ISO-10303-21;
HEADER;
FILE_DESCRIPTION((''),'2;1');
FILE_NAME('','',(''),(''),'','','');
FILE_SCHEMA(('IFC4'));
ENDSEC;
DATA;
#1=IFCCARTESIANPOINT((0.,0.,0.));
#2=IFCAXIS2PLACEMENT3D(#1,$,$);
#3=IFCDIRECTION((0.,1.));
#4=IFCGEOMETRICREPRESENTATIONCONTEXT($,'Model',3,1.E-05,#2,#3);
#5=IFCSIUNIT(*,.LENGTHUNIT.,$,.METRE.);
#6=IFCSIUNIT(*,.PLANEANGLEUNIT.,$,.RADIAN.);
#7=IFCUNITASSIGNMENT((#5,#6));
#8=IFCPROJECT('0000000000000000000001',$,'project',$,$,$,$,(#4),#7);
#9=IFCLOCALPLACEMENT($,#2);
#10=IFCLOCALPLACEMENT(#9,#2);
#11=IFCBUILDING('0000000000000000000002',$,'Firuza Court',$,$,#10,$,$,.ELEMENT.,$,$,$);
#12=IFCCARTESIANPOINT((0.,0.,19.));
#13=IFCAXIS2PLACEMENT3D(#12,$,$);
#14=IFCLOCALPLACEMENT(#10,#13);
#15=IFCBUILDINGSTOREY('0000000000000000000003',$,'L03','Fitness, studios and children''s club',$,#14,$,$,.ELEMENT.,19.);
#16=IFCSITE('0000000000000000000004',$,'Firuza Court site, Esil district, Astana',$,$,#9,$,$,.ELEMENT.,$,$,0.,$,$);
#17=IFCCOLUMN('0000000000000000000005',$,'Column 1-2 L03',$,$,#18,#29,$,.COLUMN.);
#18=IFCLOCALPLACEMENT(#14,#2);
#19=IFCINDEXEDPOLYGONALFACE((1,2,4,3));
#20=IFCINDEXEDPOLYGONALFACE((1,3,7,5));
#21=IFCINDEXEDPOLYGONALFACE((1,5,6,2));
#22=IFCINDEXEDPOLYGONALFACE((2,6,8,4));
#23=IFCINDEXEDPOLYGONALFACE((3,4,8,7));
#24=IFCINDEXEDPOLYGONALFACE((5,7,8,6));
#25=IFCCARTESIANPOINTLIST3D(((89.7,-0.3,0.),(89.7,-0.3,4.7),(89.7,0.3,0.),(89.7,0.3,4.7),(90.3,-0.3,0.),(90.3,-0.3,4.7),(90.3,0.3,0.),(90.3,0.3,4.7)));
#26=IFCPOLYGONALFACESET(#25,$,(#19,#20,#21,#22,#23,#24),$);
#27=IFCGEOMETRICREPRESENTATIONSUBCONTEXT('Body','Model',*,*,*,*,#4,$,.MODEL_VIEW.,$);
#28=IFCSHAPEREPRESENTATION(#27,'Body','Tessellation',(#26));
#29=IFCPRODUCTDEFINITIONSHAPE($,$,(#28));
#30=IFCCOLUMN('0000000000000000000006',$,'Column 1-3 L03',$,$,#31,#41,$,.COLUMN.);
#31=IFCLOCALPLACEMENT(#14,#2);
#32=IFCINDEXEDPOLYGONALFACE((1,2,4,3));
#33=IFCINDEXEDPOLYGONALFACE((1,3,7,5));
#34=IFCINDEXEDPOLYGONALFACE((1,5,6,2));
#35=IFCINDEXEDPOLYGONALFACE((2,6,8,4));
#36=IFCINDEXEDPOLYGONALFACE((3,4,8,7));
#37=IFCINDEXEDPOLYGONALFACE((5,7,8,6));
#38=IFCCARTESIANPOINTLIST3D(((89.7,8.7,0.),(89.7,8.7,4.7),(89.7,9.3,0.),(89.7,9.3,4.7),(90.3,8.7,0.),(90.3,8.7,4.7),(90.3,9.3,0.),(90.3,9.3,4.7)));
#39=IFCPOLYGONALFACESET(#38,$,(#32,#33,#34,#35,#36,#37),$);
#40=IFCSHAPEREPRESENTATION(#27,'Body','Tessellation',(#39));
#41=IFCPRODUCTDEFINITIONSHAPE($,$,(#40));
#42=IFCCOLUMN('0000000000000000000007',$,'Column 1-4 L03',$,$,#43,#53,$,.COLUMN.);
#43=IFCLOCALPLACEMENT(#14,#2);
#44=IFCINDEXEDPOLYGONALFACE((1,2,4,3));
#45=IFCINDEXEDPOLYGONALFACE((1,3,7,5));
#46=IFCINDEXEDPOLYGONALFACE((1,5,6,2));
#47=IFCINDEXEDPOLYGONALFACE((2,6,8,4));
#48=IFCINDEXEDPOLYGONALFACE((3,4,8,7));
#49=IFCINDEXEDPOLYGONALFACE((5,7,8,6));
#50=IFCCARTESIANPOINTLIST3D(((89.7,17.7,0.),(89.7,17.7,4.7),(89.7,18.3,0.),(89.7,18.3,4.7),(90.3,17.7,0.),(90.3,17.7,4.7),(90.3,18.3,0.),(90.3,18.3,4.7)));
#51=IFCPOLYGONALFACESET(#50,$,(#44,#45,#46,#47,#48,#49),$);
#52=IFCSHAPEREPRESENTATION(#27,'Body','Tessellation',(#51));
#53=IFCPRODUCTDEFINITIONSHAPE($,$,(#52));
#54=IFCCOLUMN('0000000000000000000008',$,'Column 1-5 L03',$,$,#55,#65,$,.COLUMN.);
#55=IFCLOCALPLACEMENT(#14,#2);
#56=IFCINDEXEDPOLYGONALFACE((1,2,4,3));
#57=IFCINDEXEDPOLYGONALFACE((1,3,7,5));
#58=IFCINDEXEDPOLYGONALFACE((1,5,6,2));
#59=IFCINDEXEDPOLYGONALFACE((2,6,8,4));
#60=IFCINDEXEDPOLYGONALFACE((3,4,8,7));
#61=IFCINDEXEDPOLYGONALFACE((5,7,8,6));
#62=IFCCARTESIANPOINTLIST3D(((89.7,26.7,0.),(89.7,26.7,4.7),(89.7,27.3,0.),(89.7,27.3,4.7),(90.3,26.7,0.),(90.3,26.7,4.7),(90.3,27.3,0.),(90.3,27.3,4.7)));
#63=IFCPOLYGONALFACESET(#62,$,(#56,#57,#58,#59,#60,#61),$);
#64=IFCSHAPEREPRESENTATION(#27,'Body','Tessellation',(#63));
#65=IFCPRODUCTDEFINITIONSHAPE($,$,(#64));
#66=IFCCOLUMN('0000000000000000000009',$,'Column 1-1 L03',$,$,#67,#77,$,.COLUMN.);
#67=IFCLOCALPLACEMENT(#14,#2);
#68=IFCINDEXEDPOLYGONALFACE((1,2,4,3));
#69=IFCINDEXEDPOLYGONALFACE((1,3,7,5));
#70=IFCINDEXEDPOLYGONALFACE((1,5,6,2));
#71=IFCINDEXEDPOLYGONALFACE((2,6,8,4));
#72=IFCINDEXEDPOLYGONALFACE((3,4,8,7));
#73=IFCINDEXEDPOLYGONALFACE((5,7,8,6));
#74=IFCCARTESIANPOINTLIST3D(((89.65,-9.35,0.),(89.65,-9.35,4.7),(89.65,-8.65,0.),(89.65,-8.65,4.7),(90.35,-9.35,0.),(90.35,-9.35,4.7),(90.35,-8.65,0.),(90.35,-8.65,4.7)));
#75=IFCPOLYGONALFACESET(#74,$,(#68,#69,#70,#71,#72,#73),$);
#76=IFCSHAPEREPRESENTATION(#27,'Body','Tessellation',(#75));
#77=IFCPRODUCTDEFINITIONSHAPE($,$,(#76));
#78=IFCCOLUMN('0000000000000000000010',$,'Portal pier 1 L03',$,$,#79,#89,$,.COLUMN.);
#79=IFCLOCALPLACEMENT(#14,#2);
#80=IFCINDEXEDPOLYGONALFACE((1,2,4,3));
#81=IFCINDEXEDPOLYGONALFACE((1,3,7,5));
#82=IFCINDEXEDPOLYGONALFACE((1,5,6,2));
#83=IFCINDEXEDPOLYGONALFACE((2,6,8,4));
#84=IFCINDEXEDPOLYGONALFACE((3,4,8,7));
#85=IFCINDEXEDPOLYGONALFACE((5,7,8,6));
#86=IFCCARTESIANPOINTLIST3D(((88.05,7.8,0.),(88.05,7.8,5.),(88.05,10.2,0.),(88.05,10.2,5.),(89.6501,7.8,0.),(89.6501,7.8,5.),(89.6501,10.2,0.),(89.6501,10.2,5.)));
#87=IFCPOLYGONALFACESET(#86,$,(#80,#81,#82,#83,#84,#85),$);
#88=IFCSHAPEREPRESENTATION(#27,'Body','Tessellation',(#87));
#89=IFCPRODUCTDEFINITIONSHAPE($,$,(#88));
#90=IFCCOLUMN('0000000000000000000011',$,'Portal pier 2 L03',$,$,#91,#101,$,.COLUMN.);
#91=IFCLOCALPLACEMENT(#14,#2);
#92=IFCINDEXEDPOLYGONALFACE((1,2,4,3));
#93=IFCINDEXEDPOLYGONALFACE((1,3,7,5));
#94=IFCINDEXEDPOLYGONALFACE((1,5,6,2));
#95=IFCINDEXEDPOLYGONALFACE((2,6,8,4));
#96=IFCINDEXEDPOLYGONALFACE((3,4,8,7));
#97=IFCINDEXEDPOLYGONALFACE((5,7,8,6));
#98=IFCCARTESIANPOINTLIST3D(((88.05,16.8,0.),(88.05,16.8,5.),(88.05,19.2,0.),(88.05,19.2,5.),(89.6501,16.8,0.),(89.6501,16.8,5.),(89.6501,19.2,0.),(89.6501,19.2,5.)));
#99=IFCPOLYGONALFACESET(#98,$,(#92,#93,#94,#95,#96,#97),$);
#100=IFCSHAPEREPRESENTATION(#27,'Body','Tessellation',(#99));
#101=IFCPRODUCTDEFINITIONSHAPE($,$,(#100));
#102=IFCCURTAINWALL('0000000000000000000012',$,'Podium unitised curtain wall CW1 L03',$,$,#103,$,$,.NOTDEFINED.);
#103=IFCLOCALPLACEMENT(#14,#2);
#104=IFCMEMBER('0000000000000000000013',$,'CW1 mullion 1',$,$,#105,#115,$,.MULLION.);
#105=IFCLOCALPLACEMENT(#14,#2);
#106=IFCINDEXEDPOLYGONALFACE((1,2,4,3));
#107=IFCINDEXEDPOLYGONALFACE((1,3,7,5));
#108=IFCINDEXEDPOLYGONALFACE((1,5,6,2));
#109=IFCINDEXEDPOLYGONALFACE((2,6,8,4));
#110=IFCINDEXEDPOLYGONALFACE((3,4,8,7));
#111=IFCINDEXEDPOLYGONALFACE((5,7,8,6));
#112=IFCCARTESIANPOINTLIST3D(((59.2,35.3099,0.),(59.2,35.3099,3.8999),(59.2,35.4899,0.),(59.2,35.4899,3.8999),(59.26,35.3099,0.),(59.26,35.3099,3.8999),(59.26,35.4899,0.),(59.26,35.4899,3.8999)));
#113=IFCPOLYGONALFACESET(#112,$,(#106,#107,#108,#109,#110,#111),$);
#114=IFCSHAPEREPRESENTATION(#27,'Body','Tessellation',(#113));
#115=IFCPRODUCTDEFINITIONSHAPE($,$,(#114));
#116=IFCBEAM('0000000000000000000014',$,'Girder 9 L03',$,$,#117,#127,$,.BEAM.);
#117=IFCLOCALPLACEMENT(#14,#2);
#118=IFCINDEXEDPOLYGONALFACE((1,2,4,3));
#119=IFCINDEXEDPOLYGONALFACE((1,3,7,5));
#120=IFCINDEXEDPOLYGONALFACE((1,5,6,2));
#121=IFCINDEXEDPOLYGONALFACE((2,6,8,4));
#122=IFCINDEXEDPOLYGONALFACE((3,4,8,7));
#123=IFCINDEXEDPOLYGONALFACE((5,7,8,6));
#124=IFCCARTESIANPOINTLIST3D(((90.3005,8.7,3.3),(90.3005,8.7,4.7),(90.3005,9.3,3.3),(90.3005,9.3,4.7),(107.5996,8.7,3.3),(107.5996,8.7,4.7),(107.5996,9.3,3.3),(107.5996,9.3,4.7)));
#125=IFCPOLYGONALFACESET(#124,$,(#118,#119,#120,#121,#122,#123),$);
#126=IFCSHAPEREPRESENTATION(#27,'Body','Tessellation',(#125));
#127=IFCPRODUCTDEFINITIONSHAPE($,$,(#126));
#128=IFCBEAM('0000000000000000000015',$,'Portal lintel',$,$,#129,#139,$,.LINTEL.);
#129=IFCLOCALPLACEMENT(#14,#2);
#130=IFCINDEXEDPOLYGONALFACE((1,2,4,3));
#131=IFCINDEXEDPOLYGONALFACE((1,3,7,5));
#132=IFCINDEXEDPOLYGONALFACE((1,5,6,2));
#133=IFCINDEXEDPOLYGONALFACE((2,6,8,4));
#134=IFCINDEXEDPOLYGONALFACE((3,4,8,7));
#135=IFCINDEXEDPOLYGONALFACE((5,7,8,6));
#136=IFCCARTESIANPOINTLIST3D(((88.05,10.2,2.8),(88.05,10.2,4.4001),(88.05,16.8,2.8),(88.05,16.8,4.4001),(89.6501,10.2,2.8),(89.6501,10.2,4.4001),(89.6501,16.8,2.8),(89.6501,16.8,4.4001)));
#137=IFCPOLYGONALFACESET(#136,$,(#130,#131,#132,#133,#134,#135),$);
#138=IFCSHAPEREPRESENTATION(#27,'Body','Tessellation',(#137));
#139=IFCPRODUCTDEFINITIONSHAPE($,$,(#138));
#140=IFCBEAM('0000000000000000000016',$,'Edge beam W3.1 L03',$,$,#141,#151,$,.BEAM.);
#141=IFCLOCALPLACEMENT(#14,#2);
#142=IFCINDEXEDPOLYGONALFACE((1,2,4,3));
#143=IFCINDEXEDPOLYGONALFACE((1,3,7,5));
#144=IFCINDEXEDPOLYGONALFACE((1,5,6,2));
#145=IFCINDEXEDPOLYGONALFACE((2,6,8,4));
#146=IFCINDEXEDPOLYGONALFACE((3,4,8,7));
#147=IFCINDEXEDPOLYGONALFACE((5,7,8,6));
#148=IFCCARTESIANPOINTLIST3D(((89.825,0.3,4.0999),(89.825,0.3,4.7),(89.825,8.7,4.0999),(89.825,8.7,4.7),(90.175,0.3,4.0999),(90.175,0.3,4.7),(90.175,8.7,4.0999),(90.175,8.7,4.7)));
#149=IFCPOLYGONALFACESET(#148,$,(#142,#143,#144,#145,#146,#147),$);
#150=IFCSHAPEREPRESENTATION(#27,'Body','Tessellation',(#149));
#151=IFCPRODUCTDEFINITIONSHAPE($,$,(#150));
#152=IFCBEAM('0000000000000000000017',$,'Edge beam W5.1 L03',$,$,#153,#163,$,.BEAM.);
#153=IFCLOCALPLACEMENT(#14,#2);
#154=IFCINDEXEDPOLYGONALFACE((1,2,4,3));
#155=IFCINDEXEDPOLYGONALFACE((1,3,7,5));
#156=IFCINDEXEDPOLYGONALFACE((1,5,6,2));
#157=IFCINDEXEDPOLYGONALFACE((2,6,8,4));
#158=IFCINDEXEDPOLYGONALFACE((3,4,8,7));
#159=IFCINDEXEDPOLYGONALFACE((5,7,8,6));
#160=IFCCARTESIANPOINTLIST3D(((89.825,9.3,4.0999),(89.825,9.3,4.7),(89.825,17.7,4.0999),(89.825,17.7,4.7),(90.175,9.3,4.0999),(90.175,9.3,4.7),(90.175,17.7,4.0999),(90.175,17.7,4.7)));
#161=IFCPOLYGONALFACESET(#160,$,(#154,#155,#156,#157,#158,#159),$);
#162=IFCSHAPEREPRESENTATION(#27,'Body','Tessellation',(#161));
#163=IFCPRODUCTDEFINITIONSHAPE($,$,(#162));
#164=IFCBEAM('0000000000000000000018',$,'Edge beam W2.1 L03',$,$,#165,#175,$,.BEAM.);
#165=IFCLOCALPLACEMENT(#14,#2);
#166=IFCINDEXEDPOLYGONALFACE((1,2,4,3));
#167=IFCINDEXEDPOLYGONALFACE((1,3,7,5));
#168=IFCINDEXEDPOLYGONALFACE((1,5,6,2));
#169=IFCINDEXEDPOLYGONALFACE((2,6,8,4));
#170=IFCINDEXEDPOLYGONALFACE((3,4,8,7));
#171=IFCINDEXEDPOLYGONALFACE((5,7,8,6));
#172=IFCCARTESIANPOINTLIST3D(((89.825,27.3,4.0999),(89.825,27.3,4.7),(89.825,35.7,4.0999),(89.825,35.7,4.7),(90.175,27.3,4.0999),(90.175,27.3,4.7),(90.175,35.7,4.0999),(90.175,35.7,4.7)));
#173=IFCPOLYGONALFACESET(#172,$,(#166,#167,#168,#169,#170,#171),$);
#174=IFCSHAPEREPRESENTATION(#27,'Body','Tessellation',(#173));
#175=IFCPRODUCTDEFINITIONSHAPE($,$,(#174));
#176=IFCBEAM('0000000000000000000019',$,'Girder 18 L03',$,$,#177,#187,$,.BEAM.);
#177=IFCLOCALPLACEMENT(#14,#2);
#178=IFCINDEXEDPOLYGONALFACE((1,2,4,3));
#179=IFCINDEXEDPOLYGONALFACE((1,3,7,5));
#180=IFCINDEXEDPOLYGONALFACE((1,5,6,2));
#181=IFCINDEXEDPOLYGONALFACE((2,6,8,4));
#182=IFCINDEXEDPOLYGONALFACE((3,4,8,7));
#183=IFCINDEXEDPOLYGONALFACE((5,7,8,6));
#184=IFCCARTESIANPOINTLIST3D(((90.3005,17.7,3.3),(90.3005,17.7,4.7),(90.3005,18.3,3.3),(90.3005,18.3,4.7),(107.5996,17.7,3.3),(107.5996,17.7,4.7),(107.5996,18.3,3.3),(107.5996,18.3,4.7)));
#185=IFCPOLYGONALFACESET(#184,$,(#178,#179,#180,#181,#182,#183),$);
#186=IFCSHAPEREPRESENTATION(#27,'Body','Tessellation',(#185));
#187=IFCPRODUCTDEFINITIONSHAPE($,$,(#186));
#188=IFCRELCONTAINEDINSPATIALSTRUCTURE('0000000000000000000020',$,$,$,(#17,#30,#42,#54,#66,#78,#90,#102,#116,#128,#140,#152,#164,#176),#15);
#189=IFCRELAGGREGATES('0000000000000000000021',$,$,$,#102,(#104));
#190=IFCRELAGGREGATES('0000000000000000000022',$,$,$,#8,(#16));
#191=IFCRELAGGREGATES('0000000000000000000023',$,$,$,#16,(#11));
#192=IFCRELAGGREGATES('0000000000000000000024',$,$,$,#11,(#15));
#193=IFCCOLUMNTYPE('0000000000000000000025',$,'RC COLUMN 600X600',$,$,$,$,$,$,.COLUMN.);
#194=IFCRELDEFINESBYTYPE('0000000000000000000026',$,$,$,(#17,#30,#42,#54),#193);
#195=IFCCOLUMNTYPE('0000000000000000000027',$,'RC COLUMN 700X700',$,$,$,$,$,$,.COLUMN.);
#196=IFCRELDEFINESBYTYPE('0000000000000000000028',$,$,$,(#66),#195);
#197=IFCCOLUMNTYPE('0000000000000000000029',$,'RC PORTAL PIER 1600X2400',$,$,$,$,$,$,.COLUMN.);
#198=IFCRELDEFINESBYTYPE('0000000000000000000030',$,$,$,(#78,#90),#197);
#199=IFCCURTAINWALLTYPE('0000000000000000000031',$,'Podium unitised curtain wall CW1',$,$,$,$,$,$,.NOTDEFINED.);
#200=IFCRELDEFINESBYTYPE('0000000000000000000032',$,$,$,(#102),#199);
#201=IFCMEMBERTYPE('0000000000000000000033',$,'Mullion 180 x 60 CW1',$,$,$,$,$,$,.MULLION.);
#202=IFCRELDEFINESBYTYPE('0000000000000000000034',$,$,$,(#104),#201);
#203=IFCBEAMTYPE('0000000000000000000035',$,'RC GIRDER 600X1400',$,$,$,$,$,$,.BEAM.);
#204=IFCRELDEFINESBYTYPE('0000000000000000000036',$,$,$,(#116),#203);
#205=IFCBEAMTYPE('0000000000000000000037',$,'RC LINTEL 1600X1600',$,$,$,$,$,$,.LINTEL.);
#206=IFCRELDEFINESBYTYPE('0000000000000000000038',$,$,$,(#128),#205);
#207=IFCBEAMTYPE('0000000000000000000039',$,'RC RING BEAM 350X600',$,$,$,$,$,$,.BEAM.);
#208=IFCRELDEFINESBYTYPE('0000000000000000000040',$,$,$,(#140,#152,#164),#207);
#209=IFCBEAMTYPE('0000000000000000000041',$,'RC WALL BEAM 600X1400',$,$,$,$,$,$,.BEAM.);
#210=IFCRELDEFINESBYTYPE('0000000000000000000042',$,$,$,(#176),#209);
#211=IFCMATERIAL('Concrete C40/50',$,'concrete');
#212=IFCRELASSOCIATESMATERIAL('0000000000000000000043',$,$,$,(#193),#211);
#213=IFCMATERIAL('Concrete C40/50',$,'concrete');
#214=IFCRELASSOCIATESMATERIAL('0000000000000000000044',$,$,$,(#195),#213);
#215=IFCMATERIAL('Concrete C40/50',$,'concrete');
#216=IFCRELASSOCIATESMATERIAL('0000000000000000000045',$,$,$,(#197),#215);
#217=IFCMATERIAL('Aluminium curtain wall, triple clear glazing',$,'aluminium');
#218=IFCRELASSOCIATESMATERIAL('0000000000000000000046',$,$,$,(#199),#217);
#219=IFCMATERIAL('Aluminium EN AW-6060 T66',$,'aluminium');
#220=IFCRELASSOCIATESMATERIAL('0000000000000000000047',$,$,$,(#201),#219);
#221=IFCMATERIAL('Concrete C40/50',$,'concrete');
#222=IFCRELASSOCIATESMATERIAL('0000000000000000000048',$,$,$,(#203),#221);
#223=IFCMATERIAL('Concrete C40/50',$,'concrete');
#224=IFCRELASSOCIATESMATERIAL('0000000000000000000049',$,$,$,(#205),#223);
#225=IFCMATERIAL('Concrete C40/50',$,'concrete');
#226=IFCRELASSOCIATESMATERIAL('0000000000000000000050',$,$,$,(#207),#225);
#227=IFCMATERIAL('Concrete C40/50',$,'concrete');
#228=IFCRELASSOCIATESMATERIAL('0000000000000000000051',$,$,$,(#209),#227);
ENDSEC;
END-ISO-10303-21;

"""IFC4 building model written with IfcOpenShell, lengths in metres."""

from ifc_helpers import new_model, si_unit, direction, frame, origin, origin_2d, place, context, subcontext, project, spatial, rectangle, extrude, material, material_profile, profile_set, type_object, element, aggregate, save


model = new_model("IFC4")

# Units and contexts
model_context = context("Model", 3, precision=1e-05, world=origin(), true_north=direction((0.0, 1.0)))
body_context = subcontext(model_context, "Body", "Model", "MODEL_VIEW")
ifc_project = project(units=[si_unit("LENGTHUNIT", "METRE"), si_unit("PLANEANGLEUNIT", "RADIAN")], contexts=[model_context])

# Site, building, storey
site_placement = place(None, origin())
site = spatial("IfcSite", under=ifc_project, at=site_placement, Name="Firuza Court site, Esil district, Astana", CompositionType="ELEMENT", RefElevation=0.0)
building_placement = place(site_placement, origin())
building = spatial("IfcBuilding", under=site, at=building_placement, Name="Firuza Court", CompositionType="ELEMENT")
storey_placement = place(building_placement, frame((0.0, 0.0, 19.0)))
storey = spatial("IfcBuildingStorey", under=building, at=storey_placement, Name="L03", Description="Fitness, studios and children's club", CompositionType="ELEMENT", Elevation=19.0)

# Columns
ifc_material_1 = material(Name="Concrete C40/50", Category="concrete")
ifc_material_profile_1 = material_profile(ifc_material_1, rectangle(XDim=0.6001, YDim=0.6001, at=origin_2d()), Name="RC 600X600")
ifc_profile_set_1 = profile_set([ifc_material_profile_1], Name="Concrete C40/50")
column_type_1 = type_object("IfcColumnType", Name="RC COLUMN 600X600", PredefinedType="COLUMN", material=ifc_profile_set_1)
for number, where, z_axis, x_axis, name in (
    (1, (90.0, 0.0, 0.0), (0.0, 0.0, 1.0), (1.0, 0.0, 0.0), "Column 1-2 L03"),
    (2, (90.0, 9.0, 0.0), (0.0, 0.0, 1.0), (1.0, 0.0, 0.0), "Column 1-3 L03"),
    (3, (90.0, 18.0, 0.0), (0.0, 0.0, 1.0), (1.0, 0.0, 0.0), "Column 1-4 L03"),
    (4, (90.0, 27.0, 0.0), (0.0, 0.0, 1.0), (1.0, 0.0, 0.0), "Column 1-5 L03"),
):
    element("IfcColumn", number, at=place(storey_placement, frame(where, z_axis=z_axis, x_axis=x_axis)), inside=storey, type_object=column_type_1, Name=name, PredefinedType="COLUMN", context=body_context, shape_type="SweptSolid", body=[
        extrude(rectangle(XDim=0.6001, YDim=0.6001, at=origin_2d()), origin(), (0.0, 0.0, 1.0), 4.7),
    ])
ifc_material_2 = material(Name="Concrete C40/50", Category="concrete")
ifc_material_profile_2 = material_profile(ifc_material_2, rectangle(XDim=0.7, YDim=0.7, at=origin_2d()), Name="RC 700X700")
ifc_profile_set_2 = profile_set([ifc_material_profile_2], Name="Concrete C40/50")
column_type_2 = type_object("IfcColumnType", Name="RC COLUMN 700X700", PredefinedType="COLUMN", material=ifc_profile_set_2)
column_placement = place(storey_placement, frame((90.0, -9.0, 0.0), z_axis=(0.0, 0.0, 1.0), x_axis=(1.0, 0.0, 0.0)))
element("IfcColumn", 5, at=column_placement, inside=storey, type_object=column_type_2, Name="Column 1-1 L03", PredefinedType="COLUMN", context=body_context, shape_type="SweptSolid", body=[
    extrude(rectangle(XDim=0.7, YDim=0.7, at=origin_2d()), origin(), (0.0, 0.0, 1.0), 4.7),
])
ifc_material_3 = material(Name="Concrete C40/50", Category="concrete")
ifc_material_profile_3 = material_profile(ifc_material_3, rectangle(XDim=1.6001, YDim=2.3999, at=origin_2d()), Name="RC 1600X2400")
ifc_profile_set_3 = profile_set([ifc_material_profile_3], Name="Concrete C40/50")
column_type_3 = type_object("IfcColumnType", Name="RC PORTAL PIER 1600X2400", PredefinedType="COLUMN", material=ifc_profile_set_3)
for number, where, z_axis, x_axis, name in (
    (6, (88.8501, 9.0, 0.0), (0.0, 0.0, 1.0), (1.0, 0.0, 0.0), "Portal pier 1 L03"),
    (7, (88.8501, 18.0, 0.0), (0.0, 0.0, 1.0), (1.0, 0.0, 0.0), "Portal pier 2 L03"),
):
    element("IfcColumn", number, at=place(storey_placement, frame(where, z_axis=z_axis, x_axis=x_axis)), inside=storey, type_object=column_type_3, Name=name, PredefinedType="COLUMN", context=body_context, shape_type="SweptSolid", body=[
        extrude(rectangle(XDim=1.6001, YDim=2.3999, at=origin_2d()), origin(), (0.0, 0.0, 1.0), 5.0),
    ])

# Curtain wall, member
ifc_material_4 = material(Name="Aluminium curtain wall, triple clear glazing", Category="aluminium")
curtain_wall_type = type_object("IfcCurtainWallType", Name="Podium unitised curtain wall CW1", PredefinedType="NOTDEFINED", material=ifc_material_4)
curtain_wall_placement = place(storey_placement, origin())
curtain_wall = element("IfcCurtainWall", 8, at=curtain_wall_placement, inside=storey, type_object=curtain_wall_type, Name="Podium unitised curtain wall CW1 L03", PredefinedType="NOTDEFINED")
ifc_material_5 = material(Name="Aluminium EN AW-6060 T66", Category="aluminium")
ifc_material_profile_4 = material_profile(ifc_material_5, rectangle(XDim=0.1799, YDim=0.0601, at=origin_2d()), Name="Mullion 180 x 60 CW1")
ifc_profile_set_4 = profile_set([ifc_material_profile_4], Name="Aluminium EN AW-6060 T66")
member_type_1 = type_object("IfcMemberType", Name="Mullion 180 x 60 CW1", PredefinedType="MULLION", material=ifc_profile_set_4)
member_1_placement = place(storey_placement, frame((59.23, 35.3999, 0.0), z_axis=(0.0, 0.0, 1.0), x_axis=(0.0, 1.0, 0.0)))
member_1 = element("IfcMember", 9, at=member_1_placement, type_object=member_type_1, Name="CW1 mullion 1", PredefinedType="MULLION", context=body_context, shape_type="SweptSolid", body=[
    extrude(rectangle(XDim=0.1799, YDim=0.0601, at=origin_2d()), origin(), (0.0, 0.0, 1.0), 3.8999),
])

# Beams
ifc_material_6 = material(Name="Concrete C40/50", Category="concrete")
ifc_material_profile_5 = material_profile(ifc_material_6, rectangle(XDim=0.6001, YDim=1.3999, at=origin_2d()), Name="RC 600X1400")
ifc_profile_set_5 = profile_set([ifc_material_profile_5], Name="Concrete C40/50")
beam_type_1 = type_object("IfcBeamType", Name="RC GIRDER 600X1400", PredefinedType="BEAM", material=ifc_profile_set_5)
beam_1_placement = place(storey_placement, frame((90.3005, 9.0, 4.0), z_axis=(1.0, 0.0, 0.0), x_axis=(0.0, 1.0, 0.0)))
element("IfcBeam", 10, at=beam_1_placement, inside=storey, type_object=beam_type_1, Name="Girder 9 L03", PredefinedType="BEAM", context=body_context, shape_type="SweptSolid", body=[
    extrude(rectangle(XDim=0.6001, YDim=1.3999, at=origin_2d()), origin(), (0.0, 0.0, 1.0), 17.2991),
])
ifc_material_7 = material(Name="Concrete C40/50", Category="concrete")
ifc_material_profile_6 = material_profile(ifc_material_7, rectangle(XDim=1.6001, YDim=1.6001, at=origin_2d()), Name="RC 1600X1600")
ifc_profile_set_6 = profile_set([ifc_material_profile_6], Name="Concrete C40/50")
beam_type_2 = type_object("IfcBeamType", Name="RC LINTEL 1600X1600", PredefinedType="LINTEL", material=ifc_profile_set_6)
beam_2_placement = place(storey_placement, frame((88.8501, 10.2, 3.6001), z_axis=(0.0, 1.0, 0.0), x_axis=(-1.0, 0.0, 0.0)))
element("IfcBeam", 11, at=beam_2_placement, inside=storey, type_object=beam_type_2, Name="Portal lintel", PredefinedType="LINTEL", context=body_context, shape_type="SweptSolid", body=[
    extrude(rectangle(XDim=1.6001, YDim=1.6001, at=origin_2d()), origin(), (0.0, 0.0, 1.0), 6.6001),
])
ifc_material_8 = material(Name="Concrete C40/50", Category="concrete")
ifc_material_profile_7 = material_profile(ifc_material_8, rectangle(XDim=0.3501, YDim=0.6001, at=origin_2d()), Name="RC 350X600")
ifc_profile_set_7 = profile_set([ifc_material_profile_7], Name="Concrete C40/50")
beam_type_3 = type_object("IfcBeamType", Name="RC RING BEAM 350X600", PredefinedType="BEAM", material=ifc_profile_set_7)
for number, where, z_axis, x_axis, name in (
    (12, (90.0, 0.3, 4.3999), (0.0, 1.0, 0.0), (-1.0, 0.0, 0.0), "Edge beam W3.1 L03"),
    (13, (90.0, 9.3, 4.3999), (0.0, 1.0, 0.0), (-1.0, 0.0, 0.0), "Edge beam W5.1 L03"),
    (14, (90.0, 27.3, 4.3999), (0.0, 1.0, 0.0), (-1.0, 0.0, 0.0), "Edge beam W2.1 L03"),
):
    element("IfcBeam", number, at=place(storey_placement, frame(where, z_axis=z_axis, x_axis=x_axis)), inside=storey, type_object=beam_type_3, Name=name, PredefinedType="BEAM", context=body_context, shape_type="SweptSolid", body=[
        extrude(rectangle(XDim=0.3501, YDim=0.6001, at=origin_2d()), origin(), (0.0, 0.0, 1.0), 8.3999),
    ])
ifc_material_9 = material(Name="Concrete C40/50", Category="concrete")
ifc_material_profile_8 = material_profile(ifc_material_9, rectangle(XDim=0.6001, YDim=1.3999, at=origin_2d()), Name="RC 600X1400")
ifc_profile_set_8 = profile_set([ifc_material_profile_8], Name="Concrete C40/50")
beam_type_4 = type_object("IfcBeamType", Name="RC WALL BEAM 600X1400", PredefinedType="BEAM", material=ifc_profile_set_8)
beam_3_placement = place(storey_placement, frame((90.3005, 18.0, 4.0), z_axis=(1.0, 0.0, 0.0), x_axis=(0.0, 1.0, 0.0)))
element("IfcBeam", 15, at=beam_3_placement, inside=storey, type_object=beam_type_4, Name="Girder 18 L03", PredefinedType="BEAM", context=body_context, shape_type="SweptSolid", body=[
    extrude(rectangle(XDim=0.6001, YDim=1.3999, at=origin_2d()), origin(), (0.0, 0.0, 1.0), 17.2991),
])

aggregate(curtain_wall, [member_1])

save(model, "model.ifc")
